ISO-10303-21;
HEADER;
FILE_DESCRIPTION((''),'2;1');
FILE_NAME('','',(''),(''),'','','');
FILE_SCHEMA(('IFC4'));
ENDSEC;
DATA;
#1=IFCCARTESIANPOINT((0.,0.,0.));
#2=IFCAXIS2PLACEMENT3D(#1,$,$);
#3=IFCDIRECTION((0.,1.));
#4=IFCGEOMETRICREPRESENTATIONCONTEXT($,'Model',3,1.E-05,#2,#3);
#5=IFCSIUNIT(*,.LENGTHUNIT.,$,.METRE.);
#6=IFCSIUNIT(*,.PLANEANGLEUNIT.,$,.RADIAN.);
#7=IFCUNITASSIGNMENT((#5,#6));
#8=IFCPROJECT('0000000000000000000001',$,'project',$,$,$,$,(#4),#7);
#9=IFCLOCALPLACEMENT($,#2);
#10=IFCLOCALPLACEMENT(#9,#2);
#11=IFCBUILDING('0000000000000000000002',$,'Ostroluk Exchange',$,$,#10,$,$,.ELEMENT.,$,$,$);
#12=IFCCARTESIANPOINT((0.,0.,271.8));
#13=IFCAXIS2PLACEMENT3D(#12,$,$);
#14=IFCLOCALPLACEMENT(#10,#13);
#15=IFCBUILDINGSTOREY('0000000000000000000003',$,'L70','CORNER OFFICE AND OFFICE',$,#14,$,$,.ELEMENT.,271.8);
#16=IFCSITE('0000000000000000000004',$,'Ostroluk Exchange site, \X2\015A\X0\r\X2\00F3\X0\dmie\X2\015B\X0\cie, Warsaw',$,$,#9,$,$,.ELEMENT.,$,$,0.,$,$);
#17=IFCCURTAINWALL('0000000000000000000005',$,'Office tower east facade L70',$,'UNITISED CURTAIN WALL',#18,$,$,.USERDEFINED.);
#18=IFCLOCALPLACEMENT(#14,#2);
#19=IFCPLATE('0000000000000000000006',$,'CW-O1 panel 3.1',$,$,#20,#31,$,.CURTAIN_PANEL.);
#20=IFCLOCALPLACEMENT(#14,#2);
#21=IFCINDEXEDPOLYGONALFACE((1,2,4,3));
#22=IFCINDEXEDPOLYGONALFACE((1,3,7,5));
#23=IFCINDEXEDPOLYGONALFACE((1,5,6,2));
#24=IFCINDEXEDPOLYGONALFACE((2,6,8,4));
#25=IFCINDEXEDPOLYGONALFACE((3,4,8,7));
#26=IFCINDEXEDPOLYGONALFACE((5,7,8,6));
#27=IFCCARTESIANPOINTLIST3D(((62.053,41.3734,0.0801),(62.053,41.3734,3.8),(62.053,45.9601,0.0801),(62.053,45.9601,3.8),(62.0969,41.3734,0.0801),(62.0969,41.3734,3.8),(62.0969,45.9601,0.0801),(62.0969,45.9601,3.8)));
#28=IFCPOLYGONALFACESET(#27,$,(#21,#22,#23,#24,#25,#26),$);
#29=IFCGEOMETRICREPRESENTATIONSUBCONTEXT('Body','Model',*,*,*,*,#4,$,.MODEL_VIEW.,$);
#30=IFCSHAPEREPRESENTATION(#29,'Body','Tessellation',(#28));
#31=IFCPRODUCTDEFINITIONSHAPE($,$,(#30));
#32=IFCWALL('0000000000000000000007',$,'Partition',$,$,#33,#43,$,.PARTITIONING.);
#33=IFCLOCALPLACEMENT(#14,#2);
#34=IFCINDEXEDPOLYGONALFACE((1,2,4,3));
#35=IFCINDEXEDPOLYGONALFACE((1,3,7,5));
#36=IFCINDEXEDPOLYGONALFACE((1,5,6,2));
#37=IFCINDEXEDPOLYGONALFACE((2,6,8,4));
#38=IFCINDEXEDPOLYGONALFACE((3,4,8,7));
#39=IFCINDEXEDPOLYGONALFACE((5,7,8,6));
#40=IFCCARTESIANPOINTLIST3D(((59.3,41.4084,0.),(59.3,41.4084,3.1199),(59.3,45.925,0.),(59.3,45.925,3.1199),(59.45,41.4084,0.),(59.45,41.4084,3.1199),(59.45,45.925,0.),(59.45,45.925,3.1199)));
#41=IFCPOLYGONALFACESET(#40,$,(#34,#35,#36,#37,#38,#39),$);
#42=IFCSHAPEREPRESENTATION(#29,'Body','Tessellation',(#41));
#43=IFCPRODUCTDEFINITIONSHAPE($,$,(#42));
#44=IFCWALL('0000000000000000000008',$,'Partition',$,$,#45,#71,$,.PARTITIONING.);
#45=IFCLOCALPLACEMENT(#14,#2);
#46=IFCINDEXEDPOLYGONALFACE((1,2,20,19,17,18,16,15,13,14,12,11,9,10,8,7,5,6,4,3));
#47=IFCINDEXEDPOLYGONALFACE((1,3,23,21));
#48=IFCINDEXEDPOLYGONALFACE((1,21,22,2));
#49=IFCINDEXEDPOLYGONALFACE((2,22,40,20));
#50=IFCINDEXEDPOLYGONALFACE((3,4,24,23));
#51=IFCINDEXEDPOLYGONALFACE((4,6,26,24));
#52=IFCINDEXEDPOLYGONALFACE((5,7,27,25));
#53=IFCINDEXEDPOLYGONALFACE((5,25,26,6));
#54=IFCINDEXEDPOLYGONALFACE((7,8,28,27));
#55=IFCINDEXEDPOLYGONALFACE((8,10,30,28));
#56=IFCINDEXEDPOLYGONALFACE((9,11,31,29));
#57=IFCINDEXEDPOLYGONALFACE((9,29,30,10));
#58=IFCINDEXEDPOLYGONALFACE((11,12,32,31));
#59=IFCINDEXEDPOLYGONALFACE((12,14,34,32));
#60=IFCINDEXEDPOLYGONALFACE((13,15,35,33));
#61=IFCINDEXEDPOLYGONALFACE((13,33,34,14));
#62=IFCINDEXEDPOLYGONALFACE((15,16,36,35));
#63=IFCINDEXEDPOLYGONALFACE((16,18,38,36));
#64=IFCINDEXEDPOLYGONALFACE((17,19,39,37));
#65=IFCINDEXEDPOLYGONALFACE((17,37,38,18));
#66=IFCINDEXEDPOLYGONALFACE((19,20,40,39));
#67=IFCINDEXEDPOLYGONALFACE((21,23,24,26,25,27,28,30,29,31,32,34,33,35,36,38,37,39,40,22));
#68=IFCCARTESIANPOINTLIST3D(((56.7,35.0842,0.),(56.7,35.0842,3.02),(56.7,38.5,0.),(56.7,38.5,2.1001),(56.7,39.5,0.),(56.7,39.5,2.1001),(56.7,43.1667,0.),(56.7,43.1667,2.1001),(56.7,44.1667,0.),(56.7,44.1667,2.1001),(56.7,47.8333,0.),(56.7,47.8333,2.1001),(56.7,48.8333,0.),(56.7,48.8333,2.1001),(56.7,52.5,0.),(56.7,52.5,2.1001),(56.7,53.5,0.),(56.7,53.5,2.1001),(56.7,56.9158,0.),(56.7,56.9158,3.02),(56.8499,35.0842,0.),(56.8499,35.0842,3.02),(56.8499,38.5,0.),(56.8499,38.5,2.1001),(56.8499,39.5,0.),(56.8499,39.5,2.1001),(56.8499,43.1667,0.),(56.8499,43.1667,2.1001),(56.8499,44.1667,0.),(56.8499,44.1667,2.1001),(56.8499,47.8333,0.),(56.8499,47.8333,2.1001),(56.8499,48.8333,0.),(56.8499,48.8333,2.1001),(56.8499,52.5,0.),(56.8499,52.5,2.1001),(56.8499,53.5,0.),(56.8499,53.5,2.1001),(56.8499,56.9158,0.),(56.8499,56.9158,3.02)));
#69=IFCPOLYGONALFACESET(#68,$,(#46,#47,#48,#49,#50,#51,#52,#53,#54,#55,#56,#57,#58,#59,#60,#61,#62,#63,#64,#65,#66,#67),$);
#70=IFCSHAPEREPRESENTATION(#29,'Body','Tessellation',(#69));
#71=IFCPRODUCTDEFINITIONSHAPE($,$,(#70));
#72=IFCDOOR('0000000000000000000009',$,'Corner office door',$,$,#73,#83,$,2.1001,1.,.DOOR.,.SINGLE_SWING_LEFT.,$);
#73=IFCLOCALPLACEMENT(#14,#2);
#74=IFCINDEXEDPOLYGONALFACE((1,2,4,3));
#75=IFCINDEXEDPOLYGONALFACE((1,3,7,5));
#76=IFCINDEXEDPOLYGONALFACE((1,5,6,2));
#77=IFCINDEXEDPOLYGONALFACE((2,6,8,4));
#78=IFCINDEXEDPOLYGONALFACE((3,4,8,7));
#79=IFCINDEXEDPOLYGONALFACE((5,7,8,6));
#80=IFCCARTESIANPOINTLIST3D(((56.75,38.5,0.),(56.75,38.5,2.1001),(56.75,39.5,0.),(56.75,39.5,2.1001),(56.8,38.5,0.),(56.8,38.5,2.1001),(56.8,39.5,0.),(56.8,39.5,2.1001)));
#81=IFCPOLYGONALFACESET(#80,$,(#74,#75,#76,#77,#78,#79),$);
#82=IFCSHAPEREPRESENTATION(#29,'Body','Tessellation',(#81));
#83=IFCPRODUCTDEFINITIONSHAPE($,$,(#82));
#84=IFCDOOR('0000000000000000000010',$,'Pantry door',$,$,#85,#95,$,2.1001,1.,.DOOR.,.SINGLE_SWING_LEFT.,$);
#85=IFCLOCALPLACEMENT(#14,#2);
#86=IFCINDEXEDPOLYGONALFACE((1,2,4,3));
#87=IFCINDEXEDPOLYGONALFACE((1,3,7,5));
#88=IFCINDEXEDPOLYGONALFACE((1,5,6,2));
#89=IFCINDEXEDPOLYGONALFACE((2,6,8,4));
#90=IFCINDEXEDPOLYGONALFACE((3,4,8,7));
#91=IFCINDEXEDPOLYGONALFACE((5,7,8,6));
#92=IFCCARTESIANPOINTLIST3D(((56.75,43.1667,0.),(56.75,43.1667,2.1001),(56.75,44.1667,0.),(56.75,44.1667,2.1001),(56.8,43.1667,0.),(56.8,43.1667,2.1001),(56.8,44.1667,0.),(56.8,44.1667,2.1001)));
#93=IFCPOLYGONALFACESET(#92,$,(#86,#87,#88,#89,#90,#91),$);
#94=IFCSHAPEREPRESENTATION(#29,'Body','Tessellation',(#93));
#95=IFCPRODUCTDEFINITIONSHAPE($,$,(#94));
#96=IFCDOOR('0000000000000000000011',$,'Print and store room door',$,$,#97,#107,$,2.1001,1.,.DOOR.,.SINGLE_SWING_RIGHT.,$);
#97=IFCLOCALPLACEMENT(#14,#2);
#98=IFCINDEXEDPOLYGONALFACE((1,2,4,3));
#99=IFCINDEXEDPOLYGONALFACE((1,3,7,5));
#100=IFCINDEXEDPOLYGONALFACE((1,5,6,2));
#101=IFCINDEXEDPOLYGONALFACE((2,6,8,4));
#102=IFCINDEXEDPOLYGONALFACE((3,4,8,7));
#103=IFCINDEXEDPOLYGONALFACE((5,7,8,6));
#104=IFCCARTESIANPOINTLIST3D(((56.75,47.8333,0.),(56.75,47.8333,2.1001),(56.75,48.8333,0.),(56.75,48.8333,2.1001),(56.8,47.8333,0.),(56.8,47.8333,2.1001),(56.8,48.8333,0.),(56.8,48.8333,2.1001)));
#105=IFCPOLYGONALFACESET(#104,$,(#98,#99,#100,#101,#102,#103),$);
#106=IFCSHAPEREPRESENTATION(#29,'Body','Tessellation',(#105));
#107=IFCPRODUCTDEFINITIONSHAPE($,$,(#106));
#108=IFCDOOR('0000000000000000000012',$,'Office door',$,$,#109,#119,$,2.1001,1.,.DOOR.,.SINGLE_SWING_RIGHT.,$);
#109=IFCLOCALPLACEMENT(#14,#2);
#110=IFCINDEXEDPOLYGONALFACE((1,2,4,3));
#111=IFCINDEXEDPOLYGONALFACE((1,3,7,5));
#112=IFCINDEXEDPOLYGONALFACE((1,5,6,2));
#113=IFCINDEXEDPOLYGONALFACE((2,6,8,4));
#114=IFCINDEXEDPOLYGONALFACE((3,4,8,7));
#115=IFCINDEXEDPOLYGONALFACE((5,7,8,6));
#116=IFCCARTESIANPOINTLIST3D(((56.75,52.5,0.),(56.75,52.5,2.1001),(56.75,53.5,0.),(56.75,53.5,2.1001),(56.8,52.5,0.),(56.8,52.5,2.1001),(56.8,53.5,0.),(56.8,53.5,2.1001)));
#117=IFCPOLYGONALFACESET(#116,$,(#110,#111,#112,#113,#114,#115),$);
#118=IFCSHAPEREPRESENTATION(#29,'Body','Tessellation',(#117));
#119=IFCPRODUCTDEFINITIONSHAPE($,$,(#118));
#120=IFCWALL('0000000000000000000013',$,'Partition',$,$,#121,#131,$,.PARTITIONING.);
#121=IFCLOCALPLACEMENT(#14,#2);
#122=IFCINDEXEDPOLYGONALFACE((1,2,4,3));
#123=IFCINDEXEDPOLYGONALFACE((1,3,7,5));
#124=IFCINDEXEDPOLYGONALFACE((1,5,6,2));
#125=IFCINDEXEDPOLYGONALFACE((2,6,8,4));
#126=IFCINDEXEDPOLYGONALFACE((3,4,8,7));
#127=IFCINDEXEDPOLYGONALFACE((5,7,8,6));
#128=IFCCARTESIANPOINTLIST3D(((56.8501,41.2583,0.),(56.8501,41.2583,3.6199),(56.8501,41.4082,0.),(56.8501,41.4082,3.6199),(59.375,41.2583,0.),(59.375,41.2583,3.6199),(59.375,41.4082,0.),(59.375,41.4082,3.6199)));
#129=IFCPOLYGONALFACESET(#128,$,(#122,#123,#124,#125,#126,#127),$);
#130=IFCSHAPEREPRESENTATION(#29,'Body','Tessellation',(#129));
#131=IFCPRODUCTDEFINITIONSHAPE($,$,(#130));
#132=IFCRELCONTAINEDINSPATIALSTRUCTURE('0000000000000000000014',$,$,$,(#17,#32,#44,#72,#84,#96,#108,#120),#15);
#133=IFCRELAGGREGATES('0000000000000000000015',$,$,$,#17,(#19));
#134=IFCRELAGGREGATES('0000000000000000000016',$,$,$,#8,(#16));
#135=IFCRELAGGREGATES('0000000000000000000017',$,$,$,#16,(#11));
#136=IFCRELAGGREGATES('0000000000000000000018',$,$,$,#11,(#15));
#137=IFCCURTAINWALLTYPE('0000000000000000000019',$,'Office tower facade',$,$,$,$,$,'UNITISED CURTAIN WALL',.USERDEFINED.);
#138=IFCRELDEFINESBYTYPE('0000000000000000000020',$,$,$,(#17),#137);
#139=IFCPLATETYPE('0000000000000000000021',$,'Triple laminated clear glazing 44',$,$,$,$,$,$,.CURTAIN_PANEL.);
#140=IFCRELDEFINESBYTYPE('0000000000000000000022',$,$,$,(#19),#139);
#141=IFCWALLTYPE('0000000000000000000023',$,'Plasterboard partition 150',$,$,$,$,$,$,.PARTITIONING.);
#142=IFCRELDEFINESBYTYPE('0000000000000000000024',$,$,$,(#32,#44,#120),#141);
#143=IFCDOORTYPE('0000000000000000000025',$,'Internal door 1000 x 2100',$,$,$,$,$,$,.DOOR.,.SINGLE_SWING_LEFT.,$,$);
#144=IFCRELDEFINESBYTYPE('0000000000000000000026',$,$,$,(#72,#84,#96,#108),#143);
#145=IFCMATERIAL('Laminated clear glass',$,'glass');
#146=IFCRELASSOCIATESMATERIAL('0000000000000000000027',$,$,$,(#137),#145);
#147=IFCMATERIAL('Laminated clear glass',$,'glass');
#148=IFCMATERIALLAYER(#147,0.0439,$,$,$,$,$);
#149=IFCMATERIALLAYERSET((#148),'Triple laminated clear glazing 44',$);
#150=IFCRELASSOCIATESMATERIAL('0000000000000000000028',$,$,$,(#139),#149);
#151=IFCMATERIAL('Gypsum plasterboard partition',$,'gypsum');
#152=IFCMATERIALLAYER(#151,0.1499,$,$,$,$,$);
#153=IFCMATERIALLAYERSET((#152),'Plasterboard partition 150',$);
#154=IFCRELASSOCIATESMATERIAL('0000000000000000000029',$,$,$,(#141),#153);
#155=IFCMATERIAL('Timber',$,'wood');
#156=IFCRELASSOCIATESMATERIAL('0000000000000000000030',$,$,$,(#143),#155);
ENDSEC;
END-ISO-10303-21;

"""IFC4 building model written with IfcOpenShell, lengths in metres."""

from ifc_helpers import new_model, si_unit, direction, frame, frame_2d, origin, origin_2d, place, context, subcontext, project, spatial, rectangle, extrude, material, layer, layer_set, type_object, element, fill, aggregate, save


model = new_model("IFC4")

# Units and contexts
model_context = context("Model", 3, precision=1e-05, world=origin(), true_north=direction((0.0, 1.0)))
body_context = subcontext(model_context, "Body", "Model", "MODEL_VIEW")
ifc_project = project(units=[si_unit("LENGTHUNIT", "METRE"), si_unit("PLANEANGLEUNIT", "RADIAN")], contexts=[model_context])

# Site, building, storey
site_placement = place(None, origin())
site = spatial("IfcSite", under=ifc_project, at=site_placement, Name="Ostroluk Exchange site, Śródmieście, Warsaw", CompositionType="ELEMENT", RefElevation=0.0)
building_placement = place(site_placement, origin())
building = spatial("IfcBuilding", under=site, at=building_placement, Name="Ostroluk Exchange", CompositionType="ELEMENT")
storey_placement = place(building_placement, frame((0.0, 0.0, 271.8)))
storey = spatial("IfcBuildingStorey", under=building, at=storey_placement, Name="L70", Description="CORNER OFFICE AND OFFICE", CompositionType="ELEMENT", Elevation=271.8)

# Curtain wall, plate
ifc_material_1 = material(Name="Laminated clear glass", Category="glass")
curtain_wall_type = type_object("IfcCurtainWallType", Name="Office tower facade", ElementType="UNITISED CURTAIN WALL", PredefinedType="USERDEFINED", material=ifc_material_1)
curtain_wall_placement = place(storey_placement, origin())
curtain_wall = element("IfcCurtainWall", 1, at=curtain_wall_placement, inside=storey, type_object=curtain_wall_type, Name="Office tower east facade L70", ObjectType="UNITISED CURTAIN WALL", PredefinedType="USERDEFINED")
ifc_material_2 = material(Name="Laminated clear glass", Category="glass")
ifc_layer_1 = layer(ifc_material_2, 0.0439)
ifc_layer_set_1 = layer_set([ifc_layer_1], Name="Triple laminated clear glazing 44")
plate_type = type_object("IfcPlateType", Name="Triple laminated clear glazing 44", PredefinedType="CURTAIN_PANEL", material=ifc_layer_set_1)
plate_1_placement = place(storey_placement, frame((62.075, 43.6667, 0.0801), z_axis=(0.0, 0.0, 1.0), x_axis=(0.0, 1.0, 0.0)))
plate_1 = element("IfcPlate", 2, at=plate_1_placement, type_object=plate_type, Name="CW-O1 panel 3.1", PredefinedType="CURTAIN_PANEL", context=body_context, shape_type="SweptSolid", body=[
    extrude(rectangle(XDim=4.5867, YDim=0.0439, at=origin_2d()), origin(), (0.0, 0.0, 1.0), 3.72),
])
aggregate(curtain_wall, [plate_1])

# Wall
ifc_material_3 = material(Name="Gypsum plasterboard partition", Category="gypsum")
ifc_layer_2 = layer(ifc_material_3, 0.1499)
ifc_layer_set_2 = layer_set([ifc_layer_2], Name="Plasterboard partition 150")
wall_type = type_object("IfcWallType", Name="Plasterboard partition 150", PredefinedType="PARTITIONING", material=ifc_layer_set_2)
wall_1_placement = place(storey_placement, frame((59.375, 41.4084, 0.0), z_axis=(0.0, 0.0, 1.0), x_axis=(0.0, 1.0, 0.0)))
element("IfcWall", 3, at=wall_1_placement, inside=storey, type_object=wall_type, Name="Partition", PredefinedType="PARTITIONING", context=body_context, shape_type="SweptSolid", body=[
    extrude(rectangle(XDim=4.5166, YDim=0.1499, at=frame_2d((2.2583, 0.0))), origin(), (0.0, 0.0, 1.0), 3.1199),
])

# Wall, openings, doors
wall_2_placement = place(storey_placement, frame((56.7749, 35.0842, 0.0), z_axis=(0.0, 0.0, 1.0), x_axis=(0.0, 1.0, 0.0)))
wall_2 = element("IfcWall", 4, at=wall_2_placement, inside=storey, type_object=wall_type, Name="Partition", PredefinedType="PARTITIONING", context=body_context, shape_type="SweptSolid", body=[
    extrude(rectangle(XDim=21.8315, YDim=0.1499, at=frame_2d((10.9158, 0.0))), origin(), (0.0, 0.0, 1.0), 3.02),
])
opening_1_placement = place(wall_2_placement, frame((3.4158, 0.0, 0.0)))
opening_1 = element("IfcOpeningElement", 5, at=opening_1_placement, cuts=wall_2, PredefinedType="OPENING", context=body_context, shape_type="SweptSolid", body=[
    extrude(rectangle(XDim=1.0, YDim=2.1001, at=frame_2d((0.5, 1.05))), frame((0.0, 0.085, 0.0), z_axis=(0.0, -1.0, 0.0), x_axis=(1.0, 0.0, 0.0)), (0.0, 0.0, 1.0), 0.1699),
])
opening_2_placement = place(wall_2_placement, frame((8.0825, 0.0, 0.0)))
opening_2 = element("IfcOpeningElement", 6, at=opening_2_placement, cuts=wall_2, PredefinedType="OPENING", context=body_context, shape_type="SweptSolid", body=[
    extrude(rectangle(XDim=1.0, YDim=2.1001, at=frame_2d((0.5, 1.05))), frame((0.0, 0.085, 0.0), z_axis=(0.0, -1.0, 0.0), x_axis=(1.0, 0.0, 0.0)), (0.0, 0.0, 1.0), 0.1699),
])
opening_3_placement = place(wall_2_placement, frame((12.749, 0.0, 0.0)))
opening_3 = element("IfcOpeningElement", 7, at=opening_3_placement, cuts=wall_2, PredefinedType="OPENING", context=body_context, shape_type="SweptSolid", body=[
    extrude(rectangle(XDim=1.0, YDim=2.1001, at=frame_2d((0.5, 1.05))), frame((0.0, 0.085, 0.0), z_axis=(0.0, -1.0, 0.0), x_axis=(1.0, 0.0, 0.0)), (0.0, 0.0, 1.0), 0.1699),
])
opening_4_placement = place(wall_2_placement, frame((17.4158, 0.0, 0.0)))
opening_4 = element("IfcOpeningElement", 8, at=opening_4_placement, cuts=wall_2, PredefinedType="OPENING", context=body_context, shape_type="SweptSolid", body=[
    extrude(rectangle(XDim=1.0, YDim=2.1001, at=frame_2d((0.5, 1.05))), frame((0.0, 0.085, 0.0), z_axis=(0.0, -1.0, 0.0), x_axis=(1.0, 0.0, 0.0)), (0.0, 0.0, 1.0), 0.1699),
])
ifc_material_4 = material(Name="Timber", Category="wood")
door_type = type_object("IfcDoorType", Name="Internal door 1000 x 2100", OperationType="SINGLE_SWING_LEFT", PredefinedType="DOOR", material=ifc_material_4)
door_1_placement = place(opening_1_placement, origin())
door_1 = element("IfcDoor", 9, at=door_1_placement, inside=storey, type_object=door_type, Name="Corner office door", OperationType="SINGLE_SWING_LEFT", OverallHeight=2.1001, OverallWidth=1.0, PredefinedType="DOOR", context=body_context, shape_type="SweptSolid", body=[
    extrude(rectangle(XDim=1.0, YDim=2.1001, at=frame_2d((0.5, 1.05))), frame((0.0, 0.0249, 0.0), z_axis=(0.0, -1.0, 0.0), x_axis=(1.0, 0.0, 0.0)), (0.0, 0.0, 1.0), 0.05),
])
fill(opening_1, door_1)
door_2_placement = place(opening_2_placement, origin())
door_2 = element("IfcDoor", 10, at=door_2_placement, inside=storey, type_object=door_type, Name="Pantry door", OperationType="SINGLE_SWING_LEFT", OverallHeight=2.1001, OverallWidth=1.0, PredefinedType="DOOR", context=body_context, shape_type="SweptSolid", body=[
    extrude(rectangle(XDim=1.0, YDim=2.1001, at=frame_2d((0.5, 1.05))), frame((0.0, 0.0249, 0.0), z_axis=(0.0, -1.0, 0.0), x_axis=(1.0, 0.0, 0.0)), (0.0, 0.0, 1.0), 0.05),
])
fill(opening_2, door_2)
door_3_placement = place(opening_3_placement, origin())
door_3 = element("IfcDoor", 11, at=door_3_placement, inside=storey, type_object=door_type, Name="Print and store room door", OperationType="SINGLE_SWING_RIGHT", OverallHeight=2.1001, OverallWidth=1.0, PredefinedType="DOOR", context=body_context, shape_type="SweptSolid", body=[
    extrude(rectangle(XDim=1.0, YDim=2.1001, at=frame_2d((0.5, 1.05))), frame((0.0, 0.0249, 0.0), z_axis=(0.0, -1.0, 0.0), x_axis=(1.0, 0.0, 0.0)), (0.0, 0.0, 1.0), 0.05),
])
fill(opening_3, door_3)
door_4_placement = place(opening_4_placement, origin())
door_4 = element("IfcDoor", 12, at=door_4_placement, inside=storey, type_object=door_type, Name="Office door", OperationType="SINGLE_SWING_RIGHT", OverallHeight=2.1001, OverallWidth=1.0, PredefinedType="DOOR", context=body_context, shape_type="SweptSolid", body=[
    extrude(rectangle(XDim=1.0, YDim=2.1001, at=frame_2d((0.5, 1.05))), frame((0.0, 0.0249, 0.0), z_axis=(0.0, -1.0, 0.0), x_axis=(1.0, 0.0, 0.0)), (0.0, 0.0, 1.0), 0.05),
])
fill(opening_4, door_4)

# Wall
wall_3_placement = place(storey_placement, frame((56.8501, 41.3333, 0.0), z_axis=(0.0, 0.0, 1.0), x_axis=(1.0, 0.0, 0.0)))
element("IfcWall", 13, at=wall_3_placement, inside=storey, type_object=wall_type, Name="Partition", PredefinedType="PARTITIONING", context=body_context, shape_type="SweptSolid", body=[
    extrude(rectangle(XDim=2.5249, YDim=0.1499, at=frame_2d((1.2625, 0.0))), origin(), (0.0, 0.0, 1.0), 3.6199),
])

save(model, "model.ifc")
